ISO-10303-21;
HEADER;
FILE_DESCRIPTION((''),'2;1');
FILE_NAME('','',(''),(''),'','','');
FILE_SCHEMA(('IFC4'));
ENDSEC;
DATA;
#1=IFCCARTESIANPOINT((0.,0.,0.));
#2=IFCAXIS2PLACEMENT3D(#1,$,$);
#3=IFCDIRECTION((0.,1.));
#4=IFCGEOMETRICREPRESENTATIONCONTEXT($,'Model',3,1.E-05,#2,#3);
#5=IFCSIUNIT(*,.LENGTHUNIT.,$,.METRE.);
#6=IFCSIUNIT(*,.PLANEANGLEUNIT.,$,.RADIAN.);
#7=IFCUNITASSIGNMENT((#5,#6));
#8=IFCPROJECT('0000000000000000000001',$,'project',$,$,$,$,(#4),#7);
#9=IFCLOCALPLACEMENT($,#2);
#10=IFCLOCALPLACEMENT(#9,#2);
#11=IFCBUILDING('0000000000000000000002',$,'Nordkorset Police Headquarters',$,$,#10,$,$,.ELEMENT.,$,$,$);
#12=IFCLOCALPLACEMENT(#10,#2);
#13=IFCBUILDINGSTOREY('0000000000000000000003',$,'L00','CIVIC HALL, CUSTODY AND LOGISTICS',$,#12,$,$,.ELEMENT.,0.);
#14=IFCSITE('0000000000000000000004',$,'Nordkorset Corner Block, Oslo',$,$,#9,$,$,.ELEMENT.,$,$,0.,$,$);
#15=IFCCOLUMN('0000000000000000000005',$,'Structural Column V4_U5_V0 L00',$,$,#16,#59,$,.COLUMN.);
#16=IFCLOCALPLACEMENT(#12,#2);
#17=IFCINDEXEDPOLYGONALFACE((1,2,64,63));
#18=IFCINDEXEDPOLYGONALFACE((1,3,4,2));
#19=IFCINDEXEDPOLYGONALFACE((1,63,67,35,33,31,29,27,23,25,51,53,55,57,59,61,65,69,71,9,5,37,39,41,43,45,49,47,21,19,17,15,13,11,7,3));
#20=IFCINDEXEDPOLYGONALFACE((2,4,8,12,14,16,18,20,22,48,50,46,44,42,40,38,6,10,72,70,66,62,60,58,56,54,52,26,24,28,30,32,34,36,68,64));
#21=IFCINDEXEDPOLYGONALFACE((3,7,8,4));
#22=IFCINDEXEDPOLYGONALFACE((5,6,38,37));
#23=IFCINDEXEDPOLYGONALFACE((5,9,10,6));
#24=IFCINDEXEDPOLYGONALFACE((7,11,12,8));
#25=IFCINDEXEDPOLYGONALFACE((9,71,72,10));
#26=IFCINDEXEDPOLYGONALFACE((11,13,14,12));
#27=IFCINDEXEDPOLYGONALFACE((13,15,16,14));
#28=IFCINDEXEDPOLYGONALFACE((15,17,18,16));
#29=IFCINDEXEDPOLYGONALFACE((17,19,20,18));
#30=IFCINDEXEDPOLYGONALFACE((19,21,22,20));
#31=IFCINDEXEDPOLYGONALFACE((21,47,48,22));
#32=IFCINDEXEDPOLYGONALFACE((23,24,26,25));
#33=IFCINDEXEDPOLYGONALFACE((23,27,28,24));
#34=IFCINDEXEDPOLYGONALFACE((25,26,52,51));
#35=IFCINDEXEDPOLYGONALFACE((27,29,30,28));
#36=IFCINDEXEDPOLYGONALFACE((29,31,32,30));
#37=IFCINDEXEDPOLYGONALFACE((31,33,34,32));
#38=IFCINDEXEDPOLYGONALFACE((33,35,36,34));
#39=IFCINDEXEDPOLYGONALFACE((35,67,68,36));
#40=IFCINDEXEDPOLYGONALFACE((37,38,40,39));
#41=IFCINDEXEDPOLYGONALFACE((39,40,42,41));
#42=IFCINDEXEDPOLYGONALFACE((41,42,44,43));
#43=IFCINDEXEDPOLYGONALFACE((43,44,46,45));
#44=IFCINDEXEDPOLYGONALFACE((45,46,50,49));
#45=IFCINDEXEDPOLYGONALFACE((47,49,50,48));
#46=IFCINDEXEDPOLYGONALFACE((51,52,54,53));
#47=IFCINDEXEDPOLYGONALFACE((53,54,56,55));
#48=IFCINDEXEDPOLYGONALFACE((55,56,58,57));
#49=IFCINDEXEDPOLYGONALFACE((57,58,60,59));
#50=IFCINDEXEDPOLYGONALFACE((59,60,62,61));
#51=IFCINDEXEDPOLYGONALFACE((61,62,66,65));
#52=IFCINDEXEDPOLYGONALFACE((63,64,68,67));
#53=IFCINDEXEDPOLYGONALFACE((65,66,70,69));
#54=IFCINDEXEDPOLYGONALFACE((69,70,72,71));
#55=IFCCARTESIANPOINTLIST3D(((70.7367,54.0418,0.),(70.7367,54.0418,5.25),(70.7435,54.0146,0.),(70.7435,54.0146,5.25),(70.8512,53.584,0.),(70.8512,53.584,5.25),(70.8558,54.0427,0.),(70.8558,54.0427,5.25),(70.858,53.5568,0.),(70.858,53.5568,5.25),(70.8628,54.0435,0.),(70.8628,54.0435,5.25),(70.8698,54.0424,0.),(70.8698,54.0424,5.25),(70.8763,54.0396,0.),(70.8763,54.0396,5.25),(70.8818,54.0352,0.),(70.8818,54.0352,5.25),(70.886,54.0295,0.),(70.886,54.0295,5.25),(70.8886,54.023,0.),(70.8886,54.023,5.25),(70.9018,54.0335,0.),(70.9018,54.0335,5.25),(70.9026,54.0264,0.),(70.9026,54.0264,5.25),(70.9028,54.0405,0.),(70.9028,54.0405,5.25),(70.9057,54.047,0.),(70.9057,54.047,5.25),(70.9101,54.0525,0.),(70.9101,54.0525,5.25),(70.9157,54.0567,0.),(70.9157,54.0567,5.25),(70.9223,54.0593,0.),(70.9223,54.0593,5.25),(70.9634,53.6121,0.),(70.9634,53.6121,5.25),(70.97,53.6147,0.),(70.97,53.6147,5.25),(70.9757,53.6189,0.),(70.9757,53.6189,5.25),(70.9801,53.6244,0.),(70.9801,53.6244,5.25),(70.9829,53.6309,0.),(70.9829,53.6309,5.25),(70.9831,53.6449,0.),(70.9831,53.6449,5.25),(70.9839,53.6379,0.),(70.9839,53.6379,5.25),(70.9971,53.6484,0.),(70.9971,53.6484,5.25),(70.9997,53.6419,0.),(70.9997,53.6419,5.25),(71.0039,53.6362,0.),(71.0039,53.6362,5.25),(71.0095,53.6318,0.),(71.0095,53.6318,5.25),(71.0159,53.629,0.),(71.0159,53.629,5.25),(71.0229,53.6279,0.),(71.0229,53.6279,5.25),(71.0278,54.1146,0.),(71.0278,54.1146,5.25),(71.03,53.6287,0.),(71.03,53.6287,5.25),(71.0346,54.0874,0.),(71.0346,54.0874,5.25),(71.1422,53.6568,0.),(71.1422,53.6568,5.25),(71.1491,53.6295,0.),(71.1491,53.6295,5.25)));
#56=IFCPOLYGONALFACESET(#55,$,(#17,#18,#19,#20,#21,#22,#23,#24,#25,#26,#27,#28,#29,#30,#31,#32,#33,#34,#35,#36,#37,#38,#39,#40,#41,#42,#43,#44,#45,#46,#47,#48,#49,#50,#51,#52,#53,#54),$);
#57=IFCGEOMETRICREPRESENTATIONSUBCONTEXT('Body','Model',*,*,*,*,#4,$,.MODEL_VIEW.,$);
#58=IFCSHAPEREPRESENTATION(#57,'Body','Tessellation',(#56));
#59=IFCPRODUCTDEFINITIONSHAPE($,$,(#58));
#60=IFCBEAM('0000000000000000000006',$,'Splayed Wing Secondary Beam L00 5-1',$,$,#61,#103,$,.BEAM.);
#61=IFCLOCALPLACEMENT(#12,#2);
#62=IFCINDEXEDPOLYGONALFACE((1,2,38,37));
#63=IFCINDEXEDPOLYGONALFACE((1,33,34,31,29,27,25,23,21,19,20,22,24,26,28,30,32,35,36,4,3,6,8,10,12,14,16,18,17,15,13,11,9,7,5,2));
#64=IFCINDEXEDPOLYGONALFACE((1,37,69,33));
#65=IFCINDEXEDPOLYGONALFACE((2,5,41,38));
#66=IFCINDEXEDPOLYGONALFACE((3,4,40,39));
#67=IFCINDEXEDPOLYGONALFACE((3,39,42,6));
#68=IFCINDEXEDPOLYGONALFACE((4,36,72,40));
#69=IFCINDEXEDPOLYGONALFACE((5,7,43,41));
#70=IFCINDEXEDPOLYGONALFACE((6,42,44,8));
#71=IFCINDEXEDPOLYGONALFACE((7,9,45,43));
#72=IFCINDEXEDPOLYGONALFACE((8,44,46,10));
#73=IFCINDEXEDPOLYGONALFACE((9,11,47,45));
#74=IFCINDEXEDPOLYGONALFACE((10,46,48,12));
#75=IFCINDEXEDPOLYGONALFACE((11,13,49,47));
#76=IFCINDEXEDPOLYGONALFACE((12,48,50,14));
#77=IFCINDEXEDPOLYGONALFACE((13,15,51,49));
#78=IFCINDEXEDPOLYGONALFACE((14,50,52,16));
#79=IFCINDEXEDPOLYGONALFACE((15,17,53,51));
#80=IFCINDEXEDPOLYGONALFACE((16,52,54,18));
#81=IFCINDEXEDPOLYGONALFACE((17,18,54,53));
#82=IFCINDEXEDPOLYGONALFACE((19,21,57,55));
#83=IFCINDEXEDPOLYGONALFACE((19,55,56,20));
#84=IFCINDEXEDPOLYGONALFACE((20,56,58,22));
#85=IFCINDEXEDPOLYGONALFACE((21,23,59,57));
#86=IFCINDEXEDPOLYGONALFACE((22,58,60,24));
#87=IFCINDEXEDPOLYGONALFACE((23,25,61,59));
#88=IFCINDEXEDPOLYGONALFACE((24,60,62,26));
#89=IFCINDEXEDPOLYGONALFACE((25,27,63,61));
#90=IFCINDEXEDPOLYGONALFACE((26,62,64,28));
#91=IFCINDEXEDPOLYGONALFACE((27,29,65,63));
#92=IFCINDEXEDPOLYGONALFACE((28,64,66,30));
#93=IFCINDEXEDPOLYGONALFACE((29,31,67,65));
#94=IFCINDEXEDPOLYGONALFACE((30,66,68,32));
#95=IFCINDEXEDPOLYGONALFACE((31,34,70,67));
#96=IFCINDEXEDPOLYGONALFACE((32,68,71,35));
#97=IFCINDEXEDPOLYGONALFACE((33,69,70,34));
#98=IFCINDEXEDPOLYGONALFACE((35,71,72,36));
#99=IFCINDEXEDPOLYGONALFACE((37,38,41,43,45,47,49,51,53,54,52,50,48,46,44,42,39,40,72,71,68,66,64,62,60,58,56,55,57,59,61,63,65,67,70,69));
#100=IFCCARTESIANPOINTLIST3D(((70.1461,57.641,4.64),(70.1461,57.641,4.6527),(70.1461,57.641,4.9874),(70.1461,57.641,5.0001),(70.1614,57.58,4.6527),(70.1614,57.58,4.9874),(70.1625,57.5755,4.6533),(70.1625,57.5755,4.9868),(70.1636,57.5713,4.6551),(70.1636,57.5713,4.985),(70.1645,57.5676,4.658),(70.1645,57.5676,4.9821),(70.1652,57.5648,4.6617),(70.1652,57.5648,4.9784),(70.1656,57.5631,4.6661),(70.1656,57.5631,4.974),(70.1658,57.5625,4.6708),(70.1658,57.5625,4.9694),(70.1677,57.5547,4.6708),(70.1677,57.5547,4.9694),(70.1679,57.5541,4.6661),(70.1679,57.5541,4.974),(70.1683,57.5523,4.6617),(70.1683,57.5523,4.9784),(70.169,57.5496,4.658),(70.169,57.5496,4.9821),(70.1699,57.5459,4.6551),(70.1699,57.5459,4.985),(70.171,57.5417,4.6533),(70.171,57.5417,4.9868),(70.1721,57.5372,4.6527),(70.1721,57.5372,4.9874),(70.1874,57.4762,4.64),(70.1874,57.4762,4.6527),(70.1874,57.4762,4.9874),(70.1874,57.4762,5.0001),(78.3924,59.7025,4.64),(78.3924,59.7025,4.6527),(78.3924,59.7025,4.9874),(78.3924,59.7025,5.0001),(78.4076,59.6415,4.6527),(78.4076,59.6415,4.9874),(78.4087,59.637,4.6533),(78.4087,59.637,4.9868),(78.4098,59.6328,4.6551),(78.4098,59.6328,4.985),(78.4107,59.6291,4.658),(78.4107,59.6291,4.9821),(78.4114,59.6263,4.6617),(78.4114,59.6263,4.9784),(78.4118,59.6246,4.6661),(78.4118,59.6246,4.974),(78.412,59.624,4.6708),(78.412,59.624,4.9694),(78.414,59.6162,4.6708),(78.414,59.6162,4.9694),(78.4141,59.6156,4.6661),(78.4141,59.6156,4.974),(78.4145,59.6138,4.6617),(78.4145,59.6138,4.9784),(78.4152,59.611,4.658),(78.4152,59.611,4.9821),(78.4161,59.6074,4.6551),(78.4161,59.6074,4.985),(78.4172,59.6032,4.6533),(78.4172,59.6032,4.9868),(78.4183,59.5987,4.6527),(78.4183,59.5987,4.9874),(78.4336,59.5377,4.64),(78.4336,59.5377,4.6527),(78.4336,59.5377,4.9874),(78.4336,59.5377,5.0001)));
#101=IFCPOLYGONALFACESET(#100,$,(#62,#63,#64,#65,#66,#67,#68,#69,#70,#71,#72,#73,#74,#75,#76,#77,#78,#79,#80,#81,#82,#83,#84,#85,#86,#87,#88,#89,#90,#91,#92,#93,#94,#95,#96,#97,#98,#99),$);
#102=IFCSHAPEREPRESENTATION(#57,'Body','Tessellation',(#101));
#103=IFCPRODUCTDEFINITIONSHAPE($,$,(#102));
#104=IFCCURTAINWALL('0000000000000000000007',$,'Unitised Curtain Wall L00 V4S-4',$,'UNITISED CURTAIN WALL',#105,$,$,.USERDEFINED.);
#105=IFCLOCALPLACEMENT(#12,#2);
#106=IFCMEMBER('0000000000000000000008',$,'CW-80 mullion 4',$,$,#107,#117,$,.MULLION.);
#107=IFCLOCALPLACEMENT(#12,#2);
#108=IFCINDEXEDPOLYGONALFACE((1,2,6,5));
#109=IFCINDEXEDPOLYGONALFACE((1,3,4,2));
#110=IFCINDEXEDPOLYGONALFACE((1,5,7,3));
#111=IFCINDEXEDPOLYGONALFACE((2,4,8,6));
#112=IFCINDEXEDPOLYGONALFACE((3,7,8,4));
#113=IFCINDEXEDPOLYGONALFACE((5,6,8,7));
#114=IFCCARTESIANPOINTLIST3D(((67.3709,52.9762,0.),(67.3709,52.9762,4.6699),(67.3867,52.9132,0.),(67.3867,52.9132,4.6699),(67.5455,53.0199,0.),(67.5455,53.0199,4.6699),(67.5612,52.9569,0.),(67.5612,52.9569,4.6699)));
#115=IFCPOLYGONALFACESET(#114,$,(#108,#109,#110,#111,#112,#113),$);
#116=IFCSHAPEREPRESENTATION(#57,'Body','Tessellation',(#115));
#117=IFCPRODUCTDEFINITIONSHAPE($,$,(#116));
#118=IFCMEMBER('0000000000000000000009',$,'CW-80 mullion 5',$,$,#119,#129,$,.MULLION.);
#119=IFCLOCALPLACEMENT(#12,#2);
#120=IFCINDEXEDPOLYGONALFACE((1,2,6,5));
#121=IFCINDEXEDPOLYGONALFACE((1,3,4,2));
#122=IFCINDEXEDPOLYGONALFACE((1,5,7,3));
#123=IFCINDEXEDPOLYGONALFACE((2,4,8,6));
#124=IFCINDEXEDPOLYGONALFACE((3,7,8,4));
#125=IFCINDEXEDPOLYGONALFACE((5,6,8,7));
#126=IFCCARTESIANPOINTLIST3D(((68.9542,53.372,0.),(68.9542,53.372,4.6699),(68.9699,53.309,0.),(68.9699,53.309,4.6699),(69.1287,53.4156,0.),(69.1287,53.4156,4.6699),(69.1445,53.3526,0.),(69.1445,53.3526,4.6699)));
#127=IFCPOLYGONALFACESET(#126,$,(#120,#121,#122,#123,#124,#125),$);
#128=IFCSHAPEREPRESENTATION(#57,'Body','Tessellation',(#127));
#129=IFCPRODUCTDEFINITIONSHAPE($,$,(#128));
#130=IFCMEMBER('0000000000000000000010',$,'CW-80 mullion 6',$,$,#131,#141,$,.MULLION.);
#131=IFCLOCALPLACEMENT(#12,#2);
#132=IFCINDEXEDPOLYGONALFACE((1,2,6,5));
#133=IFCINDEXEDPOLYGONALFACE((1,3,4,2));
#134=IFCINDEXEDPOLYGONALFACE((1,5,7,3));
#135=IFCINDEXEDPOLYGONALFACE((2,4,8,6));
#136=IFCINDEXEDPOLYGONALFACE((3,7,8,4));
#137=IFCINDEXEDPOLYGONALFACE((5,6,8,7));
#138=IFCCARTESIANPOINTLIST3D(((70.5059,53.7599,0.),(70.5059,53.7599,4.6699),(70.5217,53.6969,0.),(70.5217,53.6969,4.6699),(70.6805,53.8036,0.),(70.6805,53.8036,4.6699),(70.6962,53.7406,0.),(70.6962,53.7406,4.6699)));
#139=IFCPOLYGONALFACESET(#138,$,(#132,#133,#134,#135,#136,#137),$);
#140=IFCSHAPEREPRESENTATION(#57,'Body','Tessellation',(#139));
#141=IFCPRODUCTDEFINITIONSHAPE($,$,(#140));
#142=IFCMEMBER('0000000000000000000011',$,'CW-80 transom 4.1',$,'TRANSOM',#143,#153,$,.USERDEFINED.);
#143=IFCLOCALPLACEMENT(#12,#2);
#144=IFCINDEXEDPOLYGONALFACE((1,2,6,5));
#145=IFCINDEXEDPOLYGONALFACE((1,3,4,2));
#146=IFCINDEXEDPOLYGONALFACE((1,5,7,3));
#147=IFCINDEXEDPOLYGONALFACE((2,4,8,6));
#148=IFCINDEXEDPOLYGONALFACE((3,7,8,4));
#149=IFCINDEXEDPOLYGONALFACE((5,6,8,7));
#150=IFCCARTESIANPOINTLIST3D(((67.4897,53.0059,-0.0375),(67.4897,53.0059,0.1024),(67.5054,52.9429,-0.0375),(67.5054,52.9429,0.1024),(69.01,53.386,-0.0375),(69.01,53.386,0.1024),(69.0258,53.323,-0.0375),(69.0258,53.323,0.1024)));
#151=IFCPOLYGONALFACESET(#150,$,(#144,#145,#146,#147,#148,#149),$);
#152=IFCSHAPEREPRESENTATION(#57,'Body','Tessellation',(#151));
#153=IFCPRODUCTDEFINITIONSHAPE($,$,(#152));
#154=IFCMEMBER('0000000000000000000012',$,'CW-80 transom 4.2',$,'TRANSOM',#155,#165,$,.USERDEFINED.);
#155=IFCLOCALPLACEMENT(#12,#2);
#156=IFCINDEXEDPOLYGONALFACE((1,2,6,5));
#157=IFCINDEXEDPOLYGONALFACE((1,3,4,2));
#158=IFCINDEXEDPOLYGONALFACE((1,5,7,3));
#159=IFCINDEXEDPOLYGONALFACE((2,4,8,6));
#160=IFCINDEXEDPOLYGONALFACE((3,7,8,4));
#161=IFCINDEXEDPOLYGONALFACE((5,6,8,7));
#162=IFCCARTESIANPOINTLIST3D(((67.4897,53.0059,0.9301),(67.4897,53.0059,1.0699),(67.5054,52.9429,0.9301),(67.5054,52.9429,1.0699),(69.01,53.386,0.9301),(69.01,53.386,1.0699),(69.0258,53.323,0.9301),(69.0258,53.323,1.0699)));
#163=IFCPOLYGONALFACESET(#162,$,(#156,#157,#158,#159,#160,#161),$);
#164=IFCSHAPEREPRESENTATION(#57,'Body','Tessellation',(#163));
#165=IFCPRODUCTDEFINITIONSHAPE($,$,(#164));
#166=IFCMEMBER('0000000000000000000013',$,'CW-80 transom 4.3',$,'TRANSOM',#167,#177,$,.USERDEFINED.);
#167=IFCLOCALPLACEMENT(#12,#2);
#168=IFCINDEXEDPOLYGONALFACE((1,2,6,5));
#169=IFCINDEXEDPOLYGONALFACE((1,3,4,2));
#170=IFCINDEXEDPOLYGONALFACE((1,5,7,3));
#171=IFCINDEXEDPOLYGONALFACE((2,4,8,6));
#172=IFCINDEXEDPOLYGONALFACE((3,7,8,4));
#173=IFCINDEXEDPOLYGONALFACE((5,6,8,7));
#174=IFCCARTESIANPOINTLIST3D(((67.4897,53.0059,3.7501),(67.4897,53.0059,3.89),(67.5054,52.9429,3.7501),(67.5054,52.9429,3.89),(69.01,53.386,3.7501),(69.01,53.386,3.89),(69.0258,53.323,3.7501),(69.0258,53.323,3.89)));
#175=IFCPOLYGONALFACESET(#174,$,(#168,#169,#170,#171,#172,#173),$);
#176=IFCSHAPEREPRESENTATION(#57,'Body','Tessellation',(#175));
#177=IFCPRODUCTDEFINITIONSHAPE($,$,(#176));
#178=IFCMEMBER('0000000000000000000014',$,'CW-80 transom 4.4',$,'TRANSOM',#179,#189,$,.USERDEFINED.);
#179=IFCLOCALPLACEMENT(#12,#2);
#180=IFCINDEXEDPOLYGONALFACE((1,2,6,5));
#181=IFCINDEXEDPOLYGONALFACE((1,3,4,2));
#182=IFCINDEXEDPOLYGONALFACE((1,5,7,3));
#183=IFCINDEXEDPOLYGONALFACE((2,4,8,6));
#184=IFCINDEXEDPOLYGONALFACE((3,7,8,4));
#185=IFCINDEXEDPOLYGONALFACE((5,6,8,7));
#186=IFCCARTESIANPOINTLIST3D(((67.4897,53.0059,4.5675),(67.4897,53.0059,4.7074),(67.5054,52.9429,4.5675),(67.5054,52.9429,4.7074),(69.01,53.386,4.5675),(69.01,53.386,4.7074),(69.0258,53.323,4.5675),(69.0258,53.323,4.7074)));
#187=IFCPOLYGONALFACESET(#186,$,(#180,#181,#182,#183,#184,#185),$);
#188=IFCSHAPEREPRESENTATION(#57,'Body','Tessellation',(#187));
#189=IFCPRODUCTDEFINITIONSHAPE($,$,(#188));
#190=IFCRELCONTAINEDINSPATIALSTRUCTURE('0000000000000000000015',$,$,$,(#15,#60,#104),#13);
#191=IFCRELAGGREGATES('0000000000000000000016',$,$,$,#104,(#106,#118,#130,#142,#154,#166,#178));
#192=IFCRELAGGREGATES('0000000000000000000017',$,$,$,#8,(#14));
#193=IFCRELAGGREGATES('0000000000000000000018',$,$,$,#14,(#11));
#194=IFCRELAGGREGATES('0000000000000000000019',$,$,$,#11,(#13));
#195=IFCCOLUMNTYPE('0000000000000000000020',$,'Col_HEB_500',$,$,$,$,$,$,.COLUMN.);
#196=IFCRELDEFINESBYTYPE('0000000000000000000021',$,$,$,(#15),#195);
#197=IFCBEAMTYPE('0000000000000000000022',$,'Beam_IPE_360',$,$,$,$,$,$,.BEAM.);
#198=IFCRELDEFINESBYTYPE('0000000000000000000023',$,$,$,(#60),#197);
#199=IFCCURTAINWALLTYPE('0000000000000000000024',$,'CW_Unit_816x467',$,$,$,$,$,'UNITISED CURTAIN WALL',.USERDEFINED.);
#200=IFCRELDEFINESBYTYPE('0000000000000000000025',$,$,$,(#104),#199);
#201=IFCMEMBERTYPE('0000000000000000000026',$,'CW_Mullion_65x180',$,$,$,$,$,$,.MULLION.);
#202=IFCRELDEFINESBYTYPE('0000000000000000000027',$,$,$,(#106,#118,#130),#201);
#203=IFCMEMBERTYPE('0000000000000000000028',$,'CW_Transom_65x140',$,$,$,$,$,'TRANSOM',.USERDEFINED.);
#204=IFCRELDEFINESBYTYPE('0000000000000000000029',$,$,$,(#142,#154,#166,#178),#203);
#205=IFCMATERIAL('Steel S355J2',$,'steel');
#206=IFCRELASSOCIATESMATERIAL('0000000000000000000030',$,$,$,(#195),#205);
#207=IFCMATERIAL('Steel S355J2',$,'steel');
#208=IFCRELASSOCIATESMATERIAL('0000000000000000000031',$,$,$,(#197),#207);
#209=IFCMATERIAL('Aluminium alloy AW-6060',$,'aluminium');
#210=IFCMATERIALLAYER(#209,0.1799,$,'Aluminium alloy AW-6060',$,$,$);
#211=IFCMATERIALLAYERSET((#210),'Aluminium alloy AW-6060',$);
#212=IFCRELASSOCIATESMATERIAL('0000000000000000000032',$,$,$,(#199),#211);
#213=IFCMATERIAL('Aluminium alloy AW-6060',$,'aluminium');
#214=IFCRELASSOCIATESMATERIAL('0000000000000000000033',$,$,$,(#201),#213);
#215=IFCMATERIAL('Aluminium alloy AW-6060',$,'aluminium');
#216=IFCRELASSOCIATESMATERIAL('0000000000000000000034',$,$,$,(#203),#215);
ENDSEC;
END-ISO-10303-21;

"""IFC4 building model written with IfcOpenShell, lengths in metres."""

from ifc_helpers import new_model, si_unit, direction, frame, origin, origin_2d, place, context, subcontext, project, spatial, rectangle, i_section, extrude, material, layer, layer_set, material_profile, profile_set, type_object, element, aggregate, save


model = new_model("IFC4")

# Units and contexts
model_context = context("Model", 3, precision=1e-05, world=origin(), true_north=direction((0.0, 1.0)))
body_context = subcontext(model_context, "Body", "Model", "MODEL_VIEW")
ifc_project = project(units=[si_unit("LENGTHUNIT", "METRE"), si_unit("PLANEANGLEUNIT", "RADIAN")], contexts=[model_context])

# Site, building, storey
site_placement = place(None, origin())
site = spatial("IfcSite", under=ifc_project, at=site_placement, Name="Nordkorset Corner Block, Oslo", CompositionType="ELEMENT", RefElevation=0.0)
building_placement = place(site_placement, origin())
building = spatial("IfcBuilding", under=site, at=building_placement, Name="Nordkorset Police Headquarters", CompositionType="ELEMENT")
storey_placement = place(building_placement, origin())
storey = spatial("IfcBuildingStorey", under=building, at=storey_placement, Name="L00", Description="CIVIC HALL, CUSTODY AND LOGISTICS", CompositionType="ELEMENT", Elevation=0.0)

# Column
ifc_material_1 = material(Name="Steel S355J2", Category="steel")
ifc_material_profile_1 = material_profile(ifc_material_1, i_section(OverallWidth=0.3, OverallDepth=0.5, WebThickness=0.0144, FlangeThickness=0.0281, FilletRadius=0.0271, at=origin_2d()), Name="HEB 500")
ifc_profile_set_1 = profile_set([ifc_material_profile_1], Name="Steel S355J2")
column_type = type_object("IfcColumnType", Name="Col_HEB_500", PredefinedType="COLUMN", material=ifc_profile_set_1)
column_placement = place(storey_placement, frame((70.9429, 53.8357, 0.0), z_axis=(0.0, 0.0, 1.0), x_axis=(0.970143, 0.242536, 0.0)))
element("IfcColumn", 1, at=column_placement, inside=storey, type_object=column_type, Name="Structural Column V4_U5_V0 L00", PredefinedType="COLUMN", context=body_context, shape_type="SweptSolid", body=[
    extrude(i_section(OverallWidth=0.3, OverallDepth=0.5, WebThickness=0.0144, FlangeThickness=0.0281, FilletRadius=0.0271, at=origin_2d()), origin(), (0.0, 0.0, 1.0), 5.25),
])

# Beam
ifc_material_2 = material(Name="Steel S355J2", Category="steel")
ifc_material_profile_2 = material_profile(ifc_material_2, i_section(OverallWidth=0.1699, OverallDepth=0.3601, WebThickness=0.0081, FlangeThickness=0.0127, FilletRadius=0.0181, at=origin_2d()), Name="IPE 360")
ifc_profile_set_2 = profile_set([ifc_material_profile_2], Name="Steel S355J2")
beam_type_1 = type_object("IfcBeamType", Name="Beam_IPE_360", PredefinedType="BEAM", material=ifc_profile_set_2)
beam_1_placement = place(storey_placement, frame((70.1667, 57.5586, 4.8201), z_axis=(0.970144, 0.242529, 0.0), x_axis=(-0.242529, 0.970144, 0.0)))
element("IfcBeam", 2, at=beam_1_placement, inside=storey, type_object=beam_type_1, Name="Splayed Wing Secondary Beam L00 5-1", PredefinedType="BEAM", context=body_context, shape_type="SweptSolid", body=[
    extrude(i_section(OverallWidth=0.1699, OverallDepth=0.3601, WebThickness=0.0081, FlangeThickness=0.0127, FilletRadius=0.0181, at=origin_2d()), origin(), (0.0, 0.0, 1.0), 8.5),
])

# Curtain wall, members
ifc_material_3 = material(Name="Aluminium alloy AW-6060", Category="aluminium")
ifc_layer_1 = layer(ifc_material_3, 0.1799, Name="Aluminium alloy AW-6060")
ifc_layer_set_1 = layer_set([ifc_layer_1], Name="Aluminium alloy AW-6060")
curtain_wall_type = type_object("IfcCurtainWallType", Name="CW_Unit_816x467", ElementType="UNITISED CURTAIN WALL", PredefinedType="USERDEFINED", material=ifc_layer_set_1)
curtain_wall_placement = place(storey_placement, origin())
curtain_wall = element("IfcCurtainWall", 3, at=curtain_wall_placement, inside=storey, type_object=curtain_wall_type, Name="Unitised Curtain Wall L00 V4S-4", ObjectType="UNITISED CURTAIN WALL", PredefinedType="USERDEFINED")
ifc_material_4 = material(Name="Aluminium alloy AW-6060", Category="aluminium")
ifc_material_profile_3 = material_profile(ifc_material_4, rectangle(XDim=0.0649, YDim=0.1799, at=origin_2d()), Name="ALU MULL 65x180")
ifc_profile_set_3 = profile_set([ifc_material_profile_3], Name="Aluminium alloy AW-6060")
member_type_1 = type_object("IfcMemberType", Name="CW_Mullion_65x180", PredefinedType="MULLION", material=ifc_profile_set_3)
member_1_placement = place(storey_placement, frame((67.4661, 52.9666, 0.0), z_axis=(0.0, 0.0, 1.0), x_axis=(-0.242536, 0.970143, 0.0)))
member_1 = element("IfcMember", 4, at=member_1_placement, type_object=member_type_1, Name="CW-80 mullion 4", PredefinedType="MULLION", context=body_context, shape_type="SweptSolid", body=[
    extrude(rectangle(XDim=0.0649, YDim=0.1799, at=origin_2d()), origin(), (0.0, 0.0, 1.0), 4.6699),
])
member_2_placement = place(storey_placement, frame((69.0493, 53.3623, 0.0), z_axis=(0.0, 0.0, 1.0), x_axis=(-0.242536, 0.970143, 0.0)))
member_2 = element("IfcMember", 5, at=member_2_placement, type_object=member_type_1, Name="CW-80 mullion 5", PredefinedType="MULLION", context=body_context, shape_type="SweptSolid", body=[
    extrude(rectangle(XDim=0.0649, YDim=0.1799, at=origin_2d()), origin(), (0.0, 0.0, 1.0), 4.6699),
])
member_3_placement = place(storey_placement, frame((70.6011, 53.7502, 0.0), z_axis=(0.0, 0.0, 1.0), x_axis=(-0.242536, 0.970143, 0.0)))
member_3 = element("IfcMember", 6, at=member_3_placement, type_object=member_type_1, Name="CW-80 mullion 6", PredefinedType="MULLION", context=body_context, shape_type="SweptSolid", body=[
    extrude(rectangle(XDim=0.0649, YDim=0.1799, at=origin_2d()), origin(), (0.0, 0.0, 1.0), 4.6699),
])
ifc_material_5 = material(Name="Aluminium alloy AW-6060", Category="aluminium")
ifc_material_profile_4 = material_profile(ifc_material_5, rectangle(XDim=0.0649, YDim=0.1399, at=origin_2d()), Name="ALU TRAN 65x140")
ifc_profile_set_4 = profile_set([ifc_material_profile_4], Name="Aluminium alloy AW-6060")
member_type_2 = type_object("IfcMemberType", Name="CW_Transom_65x140", ElementType="TRANSOM", PredefinedType="USERDEFINED", material=ifc_profile_set_4)
member_4_placement = place(storey_placement, frame((67.4976, 52.9744, 0.0325), z_axis=(0.970133, 0.242572, 0.0), x_axis=(-0.242572, 0.970133, 0.0)))
member_4 = element("IfcMember", 7, at=member_4_placement, type_object=member_type_2, Name="CW-80 transom 4.1", ObjectType="TRANSOM", PredefinedType="USERDEFINED", context=body_context, shape_type="SweptSolid", body=[
    extrude(rectangle(XDim=0.0649, YDim=0.1399, at=origin_2d()), origin(), (0.0, 0.0, 1.0), 1.5671),
])
member_5_placement = place(storey_placement, frame((67.4976, 52.9744, 1.0), z_axis=(0.970133, 0.242572, 0.0), x_axis=(-0.242572, 0.970133, 0.0)))
member_5 = element("IfcMember", 8, at=member_5_placement, type_object=member_type_2, Name="CW-80 transom 4.2", ObjectType="TRANSOM", PredefinedType="USERDEFINED", context=body_context, shape_type="SweptSolid", body=[
    extrude(rectangle(XDim=0.0649, YDim=0.1399, at=origin_2d()), origin(), (0.0, 0.0, 1.0), 1.5671),
])
member_6_placement = place(storey_placement, frame((67.4976, 52.9744, 3.8201), z_axis=(0.970133, 0.242572, 0.0), x_axis=(-0.242572, 0.970133, 0.0)))
member_6 = element("IfcMember", 9, at=member_6_placement, type_object=member_type_2, Name="CW-80 transom 4.3", ObjectType="TRANSOM", PredefinedType="USERDEFINED", context=body_context, shape_type="SweptSolid", body=[
    extrude(rectangle(XDim=0.0649, YDim=0.1399, at=origin_2d()), origin(), (0.0, 0.0, 1.0), 1.5671),
])
member_7_placement = place(storey_placement, frame((67.4976, 52.9744, 4.6375), z_axis=(0.970133, 0.242572, 0.0), x_axis=(-0.242572, 0.970133, 0.0)))
member_7 = element("IfcMember", 10, at=member_7_placement, type_object=member_type_2, Name="CW-80 transom 4.4", ObjectType="TRANSOM", PredefinedType="USERDEFINED", context=body_context, shape_type="SweptSolid", body=[
    extrude(rectangle(XDim=0.0649, YDim=0.1399, at=origin_2d()), origin(), (0.0, 0.0, 1.0), 1.5671),
])

aggregate(curtain_wall, [member_1, member_2, member_3, member_4, member_5, member_6, member_7])

save(model, "model.ifc")
